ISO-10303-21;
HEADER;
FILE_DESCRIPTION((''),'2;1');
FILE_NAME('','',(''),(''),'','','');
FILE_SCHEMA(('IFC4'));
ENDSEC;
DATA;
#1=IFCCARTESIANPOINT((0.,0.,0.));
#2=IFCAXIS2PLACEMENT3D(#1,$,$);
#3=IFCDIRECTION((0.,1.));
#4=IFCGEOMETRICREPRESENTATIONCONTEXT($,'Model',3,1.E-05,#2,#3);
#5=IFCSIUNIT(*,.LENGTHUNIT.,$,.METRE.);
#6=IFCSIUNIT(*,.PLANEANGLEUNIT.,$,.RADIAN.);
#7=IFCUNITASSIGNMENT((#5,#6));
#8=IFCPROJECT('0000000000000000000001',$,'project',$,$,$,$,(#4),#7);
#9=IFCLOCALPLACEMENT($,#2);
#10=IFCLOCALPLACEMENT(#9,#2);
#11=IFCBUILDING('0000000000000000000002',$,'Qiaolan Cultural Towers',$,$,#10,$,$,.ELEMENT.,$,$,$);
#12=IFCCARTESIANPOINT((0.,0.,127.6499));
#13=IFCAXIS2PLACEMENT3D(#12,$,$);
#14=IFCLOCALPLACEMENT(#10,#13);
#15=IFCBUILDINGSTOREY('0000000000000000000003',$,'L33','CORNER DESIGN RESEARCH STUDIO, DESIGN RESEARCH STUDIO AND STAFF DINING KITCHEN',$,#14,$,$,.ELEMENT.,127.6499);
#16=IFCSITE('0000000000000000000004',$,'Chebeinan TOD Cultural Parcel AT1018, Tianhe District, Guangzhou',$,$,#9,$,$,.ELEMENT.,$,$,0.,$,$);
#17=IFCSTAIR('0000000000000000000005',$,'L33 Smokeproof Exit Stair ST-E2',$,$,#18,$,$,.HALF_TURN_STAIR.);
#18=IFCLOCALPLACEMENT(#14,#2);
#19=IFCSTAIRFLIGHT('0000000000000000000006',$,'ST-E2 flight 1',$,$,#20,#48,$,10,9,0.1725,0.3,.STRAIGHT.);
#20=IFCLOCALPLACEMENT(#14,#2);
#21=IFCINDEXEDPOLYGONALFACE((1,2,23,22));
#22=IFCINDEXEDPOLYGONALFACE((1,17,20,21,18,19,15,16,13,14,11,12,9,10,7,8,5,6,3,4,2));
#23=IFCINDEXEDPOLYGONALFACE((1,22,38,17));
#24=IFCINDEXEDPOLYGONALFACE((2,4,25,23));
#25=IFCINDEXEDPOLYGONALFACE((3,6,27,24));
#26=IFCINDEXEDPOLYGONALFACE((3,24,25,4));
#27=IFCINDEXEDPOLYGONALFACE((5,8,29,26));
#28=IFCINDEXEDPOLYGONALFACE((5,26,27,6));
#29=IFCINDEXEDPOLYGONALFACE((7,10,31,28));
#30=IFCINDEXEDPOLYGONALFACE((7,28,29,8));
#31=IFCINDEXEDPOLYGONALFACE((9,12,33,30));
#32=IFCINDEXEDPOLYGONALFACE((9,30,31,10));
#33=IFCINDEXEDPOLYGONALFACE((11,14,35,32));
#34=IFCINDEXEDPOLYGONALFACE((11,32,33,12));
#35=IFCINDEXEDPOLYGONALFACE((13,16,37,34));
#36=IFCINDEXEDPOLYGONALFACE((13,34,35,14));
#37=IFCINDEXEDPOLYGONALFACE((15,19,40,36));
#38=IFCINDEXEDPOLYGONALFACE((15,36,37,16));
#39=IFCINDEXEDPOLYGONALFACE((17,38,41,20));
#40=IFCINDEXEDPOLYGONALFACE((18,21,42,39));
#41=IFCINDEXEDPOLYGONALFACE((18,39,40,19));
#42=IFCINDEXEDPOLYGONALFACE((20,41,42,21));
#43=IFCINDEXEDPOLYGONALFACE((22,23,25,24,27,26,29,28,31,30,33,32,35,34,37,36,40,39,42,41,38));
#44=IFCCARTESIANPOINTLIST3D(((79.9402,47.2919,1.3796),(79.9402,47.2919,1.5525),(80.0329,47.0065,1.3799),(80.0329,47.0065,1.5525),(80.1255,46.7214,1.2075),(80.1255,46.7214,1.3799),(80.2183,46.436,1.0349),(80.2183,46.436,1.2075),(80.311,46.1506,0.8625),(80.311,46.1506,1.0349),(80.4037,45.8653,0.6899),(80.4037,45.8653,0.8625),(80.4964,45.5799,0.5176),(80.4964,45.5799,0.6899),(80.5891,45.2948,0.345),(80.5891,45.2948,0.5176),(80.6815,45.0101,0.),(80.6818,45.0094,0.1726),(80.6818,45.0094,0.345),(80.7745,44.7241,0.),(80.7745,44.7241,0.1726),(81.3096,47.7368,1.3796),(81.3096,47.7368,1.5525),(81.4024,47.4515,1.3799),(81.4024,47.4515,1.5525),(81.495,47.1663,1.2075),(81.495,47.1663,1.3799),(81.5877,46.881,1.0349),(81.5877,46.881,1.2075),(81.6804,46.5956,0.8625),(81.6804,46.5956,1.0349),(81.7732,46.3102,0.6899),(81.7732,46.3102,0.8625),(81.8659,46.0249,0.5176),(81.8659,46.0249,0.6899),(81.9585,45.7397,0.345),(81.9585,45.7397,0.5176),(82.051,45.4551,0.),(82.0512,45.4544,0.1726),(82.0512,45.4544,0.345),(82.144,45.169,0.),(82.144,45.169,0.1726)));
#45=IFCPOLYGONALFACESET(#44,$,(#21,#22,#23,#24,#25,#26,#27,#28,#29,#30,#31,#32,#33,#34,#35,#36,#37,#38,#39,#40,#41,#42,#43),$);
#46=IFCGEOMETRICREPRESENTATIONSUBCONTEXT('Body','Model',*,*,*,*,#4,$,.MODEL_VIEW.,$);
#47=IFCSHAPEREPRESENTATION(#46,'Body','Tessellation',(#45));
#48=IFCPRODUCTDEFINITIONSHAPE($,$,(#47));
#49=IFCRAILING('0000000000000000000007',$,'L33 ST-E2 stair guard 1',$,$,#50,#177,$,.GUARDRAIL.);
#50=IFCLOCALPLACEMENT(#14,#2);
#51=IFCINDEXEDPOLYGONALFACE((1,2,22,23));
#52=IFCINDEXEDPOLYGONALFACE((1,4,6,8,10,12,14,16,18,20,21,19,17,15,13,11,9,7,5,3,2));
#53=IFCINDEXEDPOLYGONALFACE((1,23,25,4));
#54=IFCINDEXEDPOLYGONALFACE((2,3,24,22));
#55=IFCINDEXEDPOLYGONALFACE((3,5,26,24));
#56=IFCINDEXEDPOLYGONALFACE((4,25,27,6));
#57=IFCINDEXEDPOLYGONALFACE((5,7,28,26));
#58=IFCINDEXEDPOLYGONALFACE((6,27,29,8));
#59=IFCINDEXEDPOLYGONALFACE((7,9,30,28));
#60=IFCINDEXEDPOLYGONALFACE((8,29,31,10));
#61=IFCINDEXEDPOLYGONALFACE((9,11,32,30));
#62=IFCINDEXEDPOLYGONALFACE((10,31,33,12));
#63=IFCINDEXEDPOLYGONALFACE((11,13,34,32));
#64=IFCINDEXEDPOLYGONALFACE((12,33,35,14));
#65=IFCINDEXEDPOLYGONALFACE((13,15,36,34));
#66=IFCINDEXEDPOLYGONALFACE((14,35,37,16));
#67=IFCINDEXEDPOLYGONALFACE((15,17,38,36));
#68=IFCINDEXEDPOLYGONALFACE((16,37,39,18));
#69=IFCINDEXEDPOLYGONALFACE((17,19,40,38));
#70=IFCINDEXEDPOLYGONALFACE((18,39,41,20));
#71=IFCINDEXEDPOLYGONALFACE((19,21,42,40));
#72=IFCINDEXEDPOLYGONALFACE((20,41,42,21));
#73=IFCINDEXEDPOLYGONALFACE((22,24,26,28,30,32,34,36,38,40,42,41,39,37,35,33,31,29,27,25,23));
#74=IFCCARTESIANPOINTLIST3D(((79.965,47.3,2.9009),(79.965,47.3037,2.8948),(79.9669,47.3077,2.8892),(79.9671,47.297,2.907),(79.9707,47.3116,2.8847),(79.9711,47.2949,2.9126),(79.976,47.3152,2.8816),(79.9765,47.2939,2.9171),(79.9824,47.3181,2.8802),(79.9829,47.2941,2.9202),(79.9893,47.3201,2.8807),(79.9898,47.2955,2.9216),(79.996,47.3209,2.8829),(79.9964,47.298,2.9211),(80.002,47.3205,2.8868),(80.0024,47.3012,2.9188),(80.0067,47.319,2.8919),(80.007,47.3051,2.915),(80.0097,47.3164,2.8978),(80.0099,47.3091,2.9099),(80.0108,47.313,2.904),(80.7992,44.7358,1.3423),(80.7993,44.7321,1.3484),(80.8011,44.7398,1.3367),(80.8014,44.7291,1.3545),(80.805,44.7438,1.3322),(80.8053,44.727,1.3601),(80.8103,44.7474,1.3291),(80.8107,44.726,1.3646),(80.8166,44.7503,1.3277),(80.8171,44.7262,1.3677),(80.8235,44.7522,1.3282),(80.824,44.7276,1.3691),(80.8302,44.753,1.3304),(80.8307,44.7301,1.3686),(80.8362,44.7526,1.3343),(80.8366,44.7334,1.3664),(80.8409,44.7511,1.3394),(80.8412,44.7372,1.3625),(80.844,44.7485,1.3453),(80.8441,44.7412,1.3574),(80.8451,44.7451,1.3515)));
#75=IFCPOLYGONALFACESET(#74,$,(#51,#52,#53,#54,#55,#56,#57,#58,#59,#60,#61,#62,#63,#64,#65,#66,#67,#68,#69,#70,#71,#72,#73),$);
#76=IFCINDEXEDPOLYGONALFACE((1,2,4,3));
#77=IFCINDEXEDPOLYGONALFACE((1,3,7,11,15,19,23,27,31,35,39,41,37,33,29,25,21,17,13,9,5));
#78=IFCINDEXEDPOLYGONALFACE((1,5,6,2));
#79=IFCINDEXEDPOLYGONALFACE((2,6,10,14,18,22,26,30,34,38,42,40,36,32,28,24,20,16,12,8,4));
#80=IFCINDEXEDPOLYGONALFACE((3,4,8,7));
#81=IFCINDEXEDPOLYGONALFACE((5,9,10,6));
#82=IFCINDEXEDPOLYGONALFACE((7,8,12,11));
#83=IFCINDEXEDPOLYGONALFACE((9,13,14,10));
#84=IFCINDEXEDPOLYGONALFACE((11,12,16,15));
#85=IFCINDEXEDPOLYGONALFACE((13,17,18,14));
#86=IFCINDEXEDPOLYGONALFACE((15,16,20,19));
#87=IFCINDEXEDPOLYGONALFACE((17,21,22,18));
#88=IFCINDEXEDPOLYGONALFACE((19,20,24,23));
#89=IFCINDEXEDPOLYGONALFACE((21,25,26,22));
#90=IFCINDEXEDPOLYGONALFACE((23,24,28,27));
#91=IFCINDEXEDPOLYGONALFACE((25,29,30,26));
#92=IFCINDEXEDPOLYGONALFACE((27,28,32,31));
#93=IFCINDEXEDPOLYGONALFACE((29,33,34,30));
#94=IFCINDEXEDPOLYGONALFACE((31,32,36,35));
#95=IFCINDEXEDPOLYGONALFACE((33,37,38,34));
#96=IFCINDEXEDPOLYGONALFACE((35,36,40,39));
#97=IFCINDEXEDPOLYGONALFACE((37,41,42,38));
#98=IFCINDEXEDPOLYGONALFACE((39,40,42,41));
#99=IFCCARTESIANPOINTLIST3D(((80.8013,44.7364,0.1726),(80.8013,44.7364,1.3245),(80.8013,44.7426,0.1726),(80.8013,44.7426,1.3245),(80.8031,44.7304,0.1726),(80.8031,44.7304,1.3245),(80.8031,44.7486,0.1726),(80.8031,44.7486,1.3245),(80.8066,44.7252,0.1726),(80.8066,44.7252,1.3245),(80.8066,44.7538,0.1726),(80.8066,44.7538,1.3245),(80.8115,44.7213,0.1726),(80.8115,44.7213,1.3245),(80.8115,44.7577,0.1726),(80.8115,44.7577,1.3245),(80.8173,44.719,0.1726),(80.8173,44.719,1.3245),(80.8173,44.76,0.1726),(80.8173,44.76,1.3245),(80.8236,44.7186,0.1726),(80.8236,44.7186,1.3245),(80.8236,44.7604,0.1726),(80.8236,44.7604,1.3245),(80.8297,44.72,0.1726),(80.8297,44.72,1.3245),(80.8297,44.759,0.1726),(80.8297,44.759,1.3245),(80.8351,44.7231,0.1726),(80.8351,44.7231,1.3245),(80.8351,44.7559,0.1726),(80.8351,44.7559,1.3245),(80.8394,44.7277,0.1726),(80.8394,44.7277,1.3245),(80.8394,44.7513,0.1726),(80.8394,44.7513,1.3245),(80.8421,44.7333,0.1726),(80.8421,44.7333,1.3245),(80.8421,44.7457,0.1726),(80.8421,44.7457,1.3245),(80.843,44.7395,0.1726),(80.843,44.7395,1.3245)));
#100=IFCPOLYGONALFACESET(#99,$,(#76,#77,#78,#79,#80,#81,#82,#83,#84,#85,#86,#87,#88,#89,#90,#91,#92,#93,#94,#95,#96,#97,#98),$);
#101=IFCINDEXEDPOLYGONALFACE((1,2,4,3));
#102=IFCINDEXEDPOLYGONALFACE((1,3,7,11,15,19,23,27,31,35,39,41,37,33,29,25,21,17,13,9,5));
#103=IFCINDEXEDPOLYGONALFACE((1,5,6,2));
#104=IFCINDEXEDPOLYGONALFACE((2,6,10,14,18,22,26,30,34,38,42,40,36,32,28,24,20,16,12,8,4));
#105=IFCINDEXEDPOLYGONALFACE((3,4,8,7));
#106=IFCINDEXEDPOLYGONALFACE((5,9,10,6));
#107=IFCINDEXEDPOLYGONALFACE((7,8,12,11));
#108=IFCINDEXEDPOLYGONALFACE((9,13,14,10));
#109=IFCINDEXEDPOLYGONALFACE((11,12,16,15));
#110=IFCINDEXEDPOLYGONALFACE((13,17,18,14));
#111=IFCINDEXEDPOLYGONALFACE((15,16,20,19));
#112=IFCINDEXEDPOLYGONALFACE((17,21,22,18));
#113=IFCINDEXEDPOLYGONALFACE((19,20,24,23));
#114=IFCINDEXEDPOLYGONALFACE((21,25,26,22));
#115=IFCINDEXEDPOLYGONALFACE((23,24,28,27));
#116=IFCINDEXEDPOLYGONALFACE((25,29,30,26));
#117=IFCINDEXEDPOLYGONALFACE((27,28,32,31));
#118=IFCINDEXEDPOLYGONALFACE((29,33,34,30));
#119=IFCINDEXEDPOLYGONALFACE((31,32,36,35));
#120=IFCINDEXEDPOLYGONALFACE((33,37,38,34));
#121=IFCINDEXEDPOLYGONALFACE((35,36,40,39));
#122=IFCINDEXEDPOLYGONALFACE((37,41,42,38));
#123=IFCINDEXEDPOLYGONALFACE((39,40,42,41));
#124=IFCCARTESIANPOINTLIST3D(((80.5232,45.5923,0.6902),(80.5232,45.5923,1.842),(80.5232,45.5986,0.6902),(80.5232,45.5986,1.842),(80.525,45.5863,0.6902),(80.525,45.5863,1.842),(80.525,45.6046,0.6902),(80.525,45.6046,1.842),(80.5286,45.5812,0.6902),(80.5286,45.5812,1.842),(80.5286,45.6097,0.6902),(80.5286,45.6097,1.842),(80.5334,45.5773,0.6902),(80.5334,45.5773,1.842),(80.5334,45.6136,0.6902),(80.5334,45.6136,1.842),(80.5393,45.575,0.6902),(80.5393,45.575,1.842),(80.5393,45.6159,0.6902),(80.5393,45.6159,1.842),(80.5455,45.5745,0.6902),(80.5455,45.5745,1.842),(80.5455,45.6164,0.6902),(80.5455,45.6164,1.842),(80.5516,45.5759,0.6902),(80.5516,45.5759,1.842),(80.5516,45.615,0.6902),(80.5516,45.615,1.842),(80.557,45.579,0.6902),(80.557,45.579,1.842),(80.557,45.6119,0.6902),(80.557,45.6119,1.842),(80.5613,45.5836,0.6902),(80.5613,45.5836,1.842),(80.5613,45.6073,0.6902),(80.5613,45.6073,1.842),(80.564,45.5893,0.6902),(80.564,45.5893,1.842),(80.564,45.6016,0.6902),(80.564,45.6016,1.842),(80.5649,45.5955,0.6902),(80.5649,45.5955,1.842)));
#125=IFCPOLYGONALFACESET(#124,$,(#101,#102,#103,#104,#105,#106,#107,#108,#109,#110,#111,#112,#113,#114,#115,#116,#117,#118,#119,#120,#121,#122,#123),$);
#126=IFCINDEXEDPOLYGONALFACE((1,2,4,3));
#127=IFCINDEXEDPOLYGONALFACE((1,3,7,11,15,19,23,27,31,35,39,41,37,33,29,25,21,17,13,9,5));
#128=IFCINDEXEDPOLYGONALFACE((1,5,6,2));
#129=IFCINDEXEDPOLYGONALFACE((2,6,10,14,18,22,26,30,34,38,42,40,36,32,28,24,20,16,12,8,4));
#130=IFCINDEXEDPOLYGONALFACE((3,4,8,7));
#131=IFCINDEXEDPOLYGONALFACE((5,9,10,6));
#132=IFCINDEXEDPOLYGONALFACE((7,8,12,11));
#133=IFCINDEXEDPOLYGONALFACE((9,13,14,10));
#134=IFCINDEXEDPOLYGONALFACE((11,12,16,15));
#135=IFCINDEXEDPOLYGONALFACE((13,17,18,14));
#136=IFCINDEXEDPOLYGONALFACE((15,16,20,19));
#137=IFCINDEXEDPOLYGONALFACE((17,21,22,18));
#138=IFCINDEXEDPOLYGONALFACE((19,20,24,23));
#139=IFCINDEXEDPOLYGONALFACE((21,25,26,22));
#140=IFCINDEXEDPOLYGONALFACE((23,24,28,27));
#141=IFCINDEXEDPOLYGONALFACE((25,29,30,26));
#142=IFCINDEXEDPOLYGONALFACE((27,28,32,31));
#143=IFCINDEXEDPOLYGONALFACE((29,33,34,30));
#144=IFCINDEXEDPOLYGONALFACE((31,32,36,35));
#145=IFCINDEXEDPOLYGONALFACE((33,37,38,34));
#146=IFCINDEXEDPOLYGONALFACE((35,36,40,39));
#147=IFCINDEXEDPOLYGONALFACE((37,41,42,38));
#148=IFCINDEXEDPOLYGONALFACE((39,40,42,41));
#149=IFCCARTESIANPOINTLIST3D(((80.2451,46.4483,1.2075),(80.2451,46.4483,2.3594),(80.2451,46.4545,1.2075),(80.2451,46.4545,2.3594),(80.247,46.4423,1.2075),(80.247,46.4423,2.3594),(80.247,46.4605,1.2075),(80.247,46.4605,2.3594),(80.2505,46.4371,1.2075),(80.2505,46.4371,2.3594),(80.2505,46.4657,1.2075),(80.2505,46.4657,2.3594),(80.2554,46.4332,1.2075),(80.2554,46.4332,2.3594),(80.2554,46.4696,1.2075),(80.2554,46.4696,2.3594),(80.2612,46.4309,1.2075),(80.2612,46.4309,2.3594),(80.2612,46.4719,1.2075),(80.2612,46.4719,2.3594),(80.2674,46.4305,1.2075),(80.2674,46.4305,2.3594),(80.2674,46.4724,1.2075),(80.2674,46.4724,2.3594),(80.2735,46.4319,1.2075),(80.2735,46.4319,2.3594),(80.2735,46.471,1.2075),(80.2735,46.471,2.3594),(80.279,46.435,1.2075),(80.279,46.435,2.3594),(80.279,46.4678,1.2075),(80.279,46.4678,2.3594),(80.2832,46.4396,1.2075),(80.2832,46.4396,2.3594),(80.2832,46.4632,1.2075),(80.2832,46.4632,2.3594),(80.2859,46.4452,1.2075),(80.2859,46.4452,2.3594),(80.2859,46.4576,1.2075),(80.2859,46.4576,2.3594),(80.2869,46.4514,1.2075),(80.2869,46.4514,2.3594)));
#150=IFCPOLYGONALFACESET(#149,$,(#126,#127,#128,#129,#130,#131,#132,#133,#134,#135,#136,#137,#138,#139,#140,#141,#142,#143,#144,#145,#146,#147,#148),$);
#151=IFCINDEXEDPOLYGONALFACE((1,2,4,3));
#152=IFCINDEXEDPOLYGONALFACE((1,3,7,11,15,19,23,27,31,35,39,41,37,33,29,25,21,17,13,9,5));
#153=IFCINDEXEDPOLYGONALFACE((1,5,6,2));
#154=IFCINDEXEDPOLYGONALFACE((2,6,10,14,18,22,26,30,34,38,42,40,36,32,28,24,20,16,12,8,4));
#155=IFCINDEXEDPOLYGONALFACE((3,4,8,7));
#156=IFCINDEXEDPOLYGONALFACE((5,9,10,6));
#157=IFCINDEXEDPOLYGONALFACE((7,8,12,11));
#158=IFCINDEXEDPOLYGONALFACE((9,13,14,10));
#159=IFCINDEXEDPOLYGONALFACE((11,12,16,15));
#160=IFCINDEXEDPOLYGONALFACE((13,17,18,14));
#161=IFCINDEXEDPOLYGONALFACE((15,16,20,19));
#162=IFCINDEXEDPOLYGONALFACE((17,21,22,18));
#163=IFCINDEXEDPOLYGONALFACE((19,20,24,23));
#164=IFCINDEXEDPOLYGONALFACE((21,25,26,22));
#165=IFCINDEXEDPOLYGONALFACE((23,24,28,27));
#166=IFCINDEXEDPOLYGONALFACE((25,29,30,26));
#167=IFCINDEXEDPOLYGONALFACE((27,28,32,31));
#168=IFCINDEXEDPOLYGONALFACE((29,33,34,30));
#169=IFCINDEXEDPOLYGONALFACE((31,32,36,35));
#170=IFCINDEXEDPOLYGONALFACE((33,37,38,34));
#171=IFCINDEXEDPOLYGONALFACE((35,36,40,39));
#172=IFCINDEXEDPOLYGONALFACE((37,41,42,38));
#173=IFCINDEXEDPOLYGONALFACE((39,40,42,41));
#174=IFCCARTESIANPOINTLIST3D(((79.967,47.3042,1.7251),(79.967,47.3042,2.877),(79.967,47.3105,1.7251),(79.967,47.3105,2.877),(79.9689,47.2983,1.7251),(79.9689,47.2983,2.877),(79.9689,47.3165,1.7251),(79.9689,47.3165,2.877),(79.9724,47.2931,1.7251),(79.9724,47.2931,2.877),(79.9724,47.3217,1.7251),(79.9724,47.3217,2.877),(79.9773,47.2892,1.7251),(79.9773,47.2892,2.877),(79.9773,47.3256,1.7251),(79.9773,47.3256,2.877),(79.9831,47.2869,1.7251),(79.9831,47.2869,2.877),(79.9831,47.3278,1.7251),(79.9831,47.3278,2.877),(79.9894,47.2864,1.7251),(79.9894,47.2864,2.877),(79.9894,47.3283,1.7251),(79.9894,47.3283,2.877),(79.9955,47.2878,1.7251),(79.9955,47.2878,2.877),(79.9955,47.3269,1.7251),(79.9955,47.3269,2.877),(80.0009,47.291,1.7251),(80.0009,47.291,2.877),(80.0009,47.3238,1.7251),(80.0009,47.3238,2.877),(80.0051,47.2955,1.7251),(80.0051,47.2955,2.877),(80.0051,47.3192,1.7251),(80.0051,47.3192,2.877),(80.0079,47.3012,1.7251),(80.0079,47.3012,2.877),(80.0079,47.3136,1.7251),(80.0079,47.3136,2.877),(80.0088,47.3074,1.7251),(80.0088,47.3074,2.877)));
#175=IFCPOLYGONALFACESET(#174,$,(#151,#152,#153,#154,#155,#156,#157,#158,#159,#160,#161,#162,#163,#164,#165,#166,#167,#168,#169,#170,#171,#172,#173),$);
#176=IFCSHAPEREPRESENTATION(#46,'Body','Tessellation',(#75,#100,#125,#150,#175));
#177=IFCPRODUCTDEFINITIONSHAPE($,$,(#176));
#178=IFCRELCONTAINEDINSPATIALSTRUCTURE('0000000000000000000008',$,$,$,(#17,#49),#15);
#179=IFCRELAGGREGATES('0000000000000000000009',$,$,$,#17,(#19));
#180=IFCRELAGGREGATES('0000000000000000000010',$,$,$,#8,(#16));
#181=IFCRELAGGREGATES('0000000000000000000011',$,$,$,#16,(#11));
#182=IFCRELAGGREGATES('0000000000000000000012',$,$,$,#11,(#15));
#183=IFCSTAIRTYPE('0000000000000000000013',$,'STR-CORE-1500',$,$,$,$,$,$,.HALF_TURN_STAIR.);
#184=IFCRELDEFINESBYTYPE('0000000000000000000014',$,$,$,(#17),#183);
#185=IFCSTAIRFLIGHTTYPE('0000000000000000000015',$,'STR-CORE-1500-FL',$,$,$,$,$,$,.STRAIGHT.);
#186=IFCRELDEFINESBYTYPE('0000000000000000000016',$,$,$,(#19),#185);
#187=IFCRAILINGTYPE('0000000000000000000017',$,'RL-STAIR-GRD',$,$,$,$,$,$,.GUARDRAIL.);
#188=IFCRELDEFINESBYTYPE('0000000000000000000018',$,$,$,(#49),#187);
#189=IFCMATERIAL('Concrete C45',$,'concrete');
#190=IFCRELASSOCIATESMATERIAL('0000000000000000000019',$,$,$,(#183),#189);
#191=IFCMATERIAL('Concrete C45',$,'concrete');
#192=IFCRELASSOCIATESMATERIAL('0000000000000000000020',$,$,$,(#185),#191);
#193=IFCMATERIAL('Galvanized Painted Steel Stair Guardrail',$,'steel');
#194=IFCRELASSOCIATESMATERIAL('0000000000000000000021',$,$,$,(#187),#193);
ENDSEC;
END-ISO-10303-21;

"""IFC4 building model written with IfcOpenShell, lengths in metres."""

from ifc_helpers import new_model, si_unit, direction, frame, origin, origin_2d, place, context, subcontext, project, spatial, polyline, circle, outline, extrude, material, type_object, element, aggregate, save


model = new_model("IFC4")

# Units and contexts
model_context = context("Model", 3, precision=1e-05, world=origin(), true_north=direction((0.0, 1.0)))
body_context = subcontext(model_context, "Body", "Model", "MODEL_VIEW")
ifc_project = project(units=[si_unit("LENGTHUNIT", "METRE"), si_unit("PLANEANGLEUNIT", "RADIAN")], contexts=[model_context])

# Site, building, storey
site_placement = place(None, origin())
site = spatial("IfcSite", under=ifc_project, at=site_placement, Name="Chebeinan TOD Cultural Parcel AT1018, Tianhe District, Guangzhou", CompositionType="ELEMENT", RefElevation=0.0)
building_placement = place(site_placement, origin())
building = spatial("IfcBuilding", under=site, at=building_placement, Name="Qiaolan Cultural Towers", CompositionType="ELEMENT")
storey_placement = place(building_placement, frame((0.0, 0.0, 127.6499)))
storey = spatial("IfcBuildingStorey", under=building, at=storey_placement, Name="L33", Description="CORNER DESIGN RESEARCH STUDIO, DESIGN RESEARCH STUDIO AND STAFF DINING KITCHEN", CompositionType="ELEMENT", Elevation=127.6499)

# Stair, stair flight
ifc_material_1 = material(Name="Concrete C45", Category="concrete")
stair_type = type_object("IfcStairType", Name="STR-CORE-1500", PredefinedType="HALF_TURN_STAIR", material=ifc_material_1)
stair_placement = place(storey_placement, origin())
stair = element("IfcStair", 1, at=stair_placement, inside=storey, type_object=stair_type, Name="L33 Smokeproof Exit Stair ST-E2", PredefinedType="HALF_TURN_STAIR")
ifc_material_2 = material(Name="Concrete C45", Category="concrete")
stair_flight_type = type_object("IfcStairFlightType", Name="STR-CORE-1500-FL", PredefinedType="STRAIGHT", material=ifc_material_2)
stair_flight_placement = place(storey_placement, frame((81.4592, 44.9465, 0.0), z_axis=(0.0, 0.0, 1.0), x_axis=(-0.309017, 0.951057, 0.0)))
stair_flight = element("IfcStairFlight", 2, at=stair_flight_placement, type_object=stair_flight_type, Name="ST-E2 flight 1", NumberOfRisers=10, NumberOfTreads=9, PredefinedType="STRAIGHT", RiserHeight=0.1725, TreadLength=0.3, context=body_context, shape_type="SweptSolid", body=[
    extrude(outline(polyline([(0.0, 0.0), (0.0, 0.1726), (0.3, 0.1726), (0.3, 0.345), (0.6001, 0.345), (0.6001, 0.5176), (0.8999, 0.5176), (0.8999, 0.6899), (1.2, 0.6899), (1.2, 0.8625), (1.5, 0.8625), (1.5, 1.0349), (1.8, 1.0349), (1.8, 1.2075), (2.1001, 1.2075), (2.1001, 1.3799), (2.3999, 1.3799), (2.3999, 1.5525), (2.7, 1.5525), (2.7, 1.7251), (2.7, 1.3796), (0.3008, 0.0), (0.0, 0.0)])), frame((0.0, 0.72, 0.0), z_axis=(0.0, -1.0, 0.0), x_axis=(1.0, 0.0, 0.0)), (0.0, 0.0, 1.0), 1.4399),
])
aggregate(stair, [stair_flight])

# Railing
ifc_material_3 = material(Name="Galvanized Painted Steel Stair Guardrail", Category="steel")
railing_type_1 = type_object("IfcRailingType", Name="RL-STAIR-GRD", PredefinedType="GUARDRAIL", material=ifc_material_3)
railing_1_placement = place(storey_placement, frame((80.822, 44.7395, 0.1726)))
element("IfcRailing", 3, at=railing_1_placement, inside=storey, type_object=railing_type_1, Name="L33 ST-E2 stair guard 1", PredefinedType="GUARDRAIL", context=body_context, shape_type="SweptSolid", body=[
    extrude(circle(Radius=0.0239, at=origin_2d()), frame((0.0, 0.0, 1.1758), z_axis=(-0.267853, 0.824488, 0.498471), x_axis=(-0.95107, -0.308976, 0.0)), (0.0, 0.0, 1.0), 3.1145),
    extrude(circle(Radius=0.021, at=origin_2d()), origin(), (0.0, 0.0, 1.0), 1.1519),
    extrude(circle(Radius=0.021, at=origin_2d()), frame((-0.2781, 0.856, 0.5176)), (0.0, 0.0, 1.0), 1.1519),
    extrude(circle(Radius=0.021, at=origin_2d()), frame((-0.5562, 1.7119, 1.0349)), (0.0, 0.0, 1.0), 1.1519),
    extrude(circle(Radius=0.021, at=origin_2d()), frame((-0.8342, 2.5679, 1.5525)), (0.0, 0.0, 1.0), 1.1519),
])

save(model, "model.ifc")
